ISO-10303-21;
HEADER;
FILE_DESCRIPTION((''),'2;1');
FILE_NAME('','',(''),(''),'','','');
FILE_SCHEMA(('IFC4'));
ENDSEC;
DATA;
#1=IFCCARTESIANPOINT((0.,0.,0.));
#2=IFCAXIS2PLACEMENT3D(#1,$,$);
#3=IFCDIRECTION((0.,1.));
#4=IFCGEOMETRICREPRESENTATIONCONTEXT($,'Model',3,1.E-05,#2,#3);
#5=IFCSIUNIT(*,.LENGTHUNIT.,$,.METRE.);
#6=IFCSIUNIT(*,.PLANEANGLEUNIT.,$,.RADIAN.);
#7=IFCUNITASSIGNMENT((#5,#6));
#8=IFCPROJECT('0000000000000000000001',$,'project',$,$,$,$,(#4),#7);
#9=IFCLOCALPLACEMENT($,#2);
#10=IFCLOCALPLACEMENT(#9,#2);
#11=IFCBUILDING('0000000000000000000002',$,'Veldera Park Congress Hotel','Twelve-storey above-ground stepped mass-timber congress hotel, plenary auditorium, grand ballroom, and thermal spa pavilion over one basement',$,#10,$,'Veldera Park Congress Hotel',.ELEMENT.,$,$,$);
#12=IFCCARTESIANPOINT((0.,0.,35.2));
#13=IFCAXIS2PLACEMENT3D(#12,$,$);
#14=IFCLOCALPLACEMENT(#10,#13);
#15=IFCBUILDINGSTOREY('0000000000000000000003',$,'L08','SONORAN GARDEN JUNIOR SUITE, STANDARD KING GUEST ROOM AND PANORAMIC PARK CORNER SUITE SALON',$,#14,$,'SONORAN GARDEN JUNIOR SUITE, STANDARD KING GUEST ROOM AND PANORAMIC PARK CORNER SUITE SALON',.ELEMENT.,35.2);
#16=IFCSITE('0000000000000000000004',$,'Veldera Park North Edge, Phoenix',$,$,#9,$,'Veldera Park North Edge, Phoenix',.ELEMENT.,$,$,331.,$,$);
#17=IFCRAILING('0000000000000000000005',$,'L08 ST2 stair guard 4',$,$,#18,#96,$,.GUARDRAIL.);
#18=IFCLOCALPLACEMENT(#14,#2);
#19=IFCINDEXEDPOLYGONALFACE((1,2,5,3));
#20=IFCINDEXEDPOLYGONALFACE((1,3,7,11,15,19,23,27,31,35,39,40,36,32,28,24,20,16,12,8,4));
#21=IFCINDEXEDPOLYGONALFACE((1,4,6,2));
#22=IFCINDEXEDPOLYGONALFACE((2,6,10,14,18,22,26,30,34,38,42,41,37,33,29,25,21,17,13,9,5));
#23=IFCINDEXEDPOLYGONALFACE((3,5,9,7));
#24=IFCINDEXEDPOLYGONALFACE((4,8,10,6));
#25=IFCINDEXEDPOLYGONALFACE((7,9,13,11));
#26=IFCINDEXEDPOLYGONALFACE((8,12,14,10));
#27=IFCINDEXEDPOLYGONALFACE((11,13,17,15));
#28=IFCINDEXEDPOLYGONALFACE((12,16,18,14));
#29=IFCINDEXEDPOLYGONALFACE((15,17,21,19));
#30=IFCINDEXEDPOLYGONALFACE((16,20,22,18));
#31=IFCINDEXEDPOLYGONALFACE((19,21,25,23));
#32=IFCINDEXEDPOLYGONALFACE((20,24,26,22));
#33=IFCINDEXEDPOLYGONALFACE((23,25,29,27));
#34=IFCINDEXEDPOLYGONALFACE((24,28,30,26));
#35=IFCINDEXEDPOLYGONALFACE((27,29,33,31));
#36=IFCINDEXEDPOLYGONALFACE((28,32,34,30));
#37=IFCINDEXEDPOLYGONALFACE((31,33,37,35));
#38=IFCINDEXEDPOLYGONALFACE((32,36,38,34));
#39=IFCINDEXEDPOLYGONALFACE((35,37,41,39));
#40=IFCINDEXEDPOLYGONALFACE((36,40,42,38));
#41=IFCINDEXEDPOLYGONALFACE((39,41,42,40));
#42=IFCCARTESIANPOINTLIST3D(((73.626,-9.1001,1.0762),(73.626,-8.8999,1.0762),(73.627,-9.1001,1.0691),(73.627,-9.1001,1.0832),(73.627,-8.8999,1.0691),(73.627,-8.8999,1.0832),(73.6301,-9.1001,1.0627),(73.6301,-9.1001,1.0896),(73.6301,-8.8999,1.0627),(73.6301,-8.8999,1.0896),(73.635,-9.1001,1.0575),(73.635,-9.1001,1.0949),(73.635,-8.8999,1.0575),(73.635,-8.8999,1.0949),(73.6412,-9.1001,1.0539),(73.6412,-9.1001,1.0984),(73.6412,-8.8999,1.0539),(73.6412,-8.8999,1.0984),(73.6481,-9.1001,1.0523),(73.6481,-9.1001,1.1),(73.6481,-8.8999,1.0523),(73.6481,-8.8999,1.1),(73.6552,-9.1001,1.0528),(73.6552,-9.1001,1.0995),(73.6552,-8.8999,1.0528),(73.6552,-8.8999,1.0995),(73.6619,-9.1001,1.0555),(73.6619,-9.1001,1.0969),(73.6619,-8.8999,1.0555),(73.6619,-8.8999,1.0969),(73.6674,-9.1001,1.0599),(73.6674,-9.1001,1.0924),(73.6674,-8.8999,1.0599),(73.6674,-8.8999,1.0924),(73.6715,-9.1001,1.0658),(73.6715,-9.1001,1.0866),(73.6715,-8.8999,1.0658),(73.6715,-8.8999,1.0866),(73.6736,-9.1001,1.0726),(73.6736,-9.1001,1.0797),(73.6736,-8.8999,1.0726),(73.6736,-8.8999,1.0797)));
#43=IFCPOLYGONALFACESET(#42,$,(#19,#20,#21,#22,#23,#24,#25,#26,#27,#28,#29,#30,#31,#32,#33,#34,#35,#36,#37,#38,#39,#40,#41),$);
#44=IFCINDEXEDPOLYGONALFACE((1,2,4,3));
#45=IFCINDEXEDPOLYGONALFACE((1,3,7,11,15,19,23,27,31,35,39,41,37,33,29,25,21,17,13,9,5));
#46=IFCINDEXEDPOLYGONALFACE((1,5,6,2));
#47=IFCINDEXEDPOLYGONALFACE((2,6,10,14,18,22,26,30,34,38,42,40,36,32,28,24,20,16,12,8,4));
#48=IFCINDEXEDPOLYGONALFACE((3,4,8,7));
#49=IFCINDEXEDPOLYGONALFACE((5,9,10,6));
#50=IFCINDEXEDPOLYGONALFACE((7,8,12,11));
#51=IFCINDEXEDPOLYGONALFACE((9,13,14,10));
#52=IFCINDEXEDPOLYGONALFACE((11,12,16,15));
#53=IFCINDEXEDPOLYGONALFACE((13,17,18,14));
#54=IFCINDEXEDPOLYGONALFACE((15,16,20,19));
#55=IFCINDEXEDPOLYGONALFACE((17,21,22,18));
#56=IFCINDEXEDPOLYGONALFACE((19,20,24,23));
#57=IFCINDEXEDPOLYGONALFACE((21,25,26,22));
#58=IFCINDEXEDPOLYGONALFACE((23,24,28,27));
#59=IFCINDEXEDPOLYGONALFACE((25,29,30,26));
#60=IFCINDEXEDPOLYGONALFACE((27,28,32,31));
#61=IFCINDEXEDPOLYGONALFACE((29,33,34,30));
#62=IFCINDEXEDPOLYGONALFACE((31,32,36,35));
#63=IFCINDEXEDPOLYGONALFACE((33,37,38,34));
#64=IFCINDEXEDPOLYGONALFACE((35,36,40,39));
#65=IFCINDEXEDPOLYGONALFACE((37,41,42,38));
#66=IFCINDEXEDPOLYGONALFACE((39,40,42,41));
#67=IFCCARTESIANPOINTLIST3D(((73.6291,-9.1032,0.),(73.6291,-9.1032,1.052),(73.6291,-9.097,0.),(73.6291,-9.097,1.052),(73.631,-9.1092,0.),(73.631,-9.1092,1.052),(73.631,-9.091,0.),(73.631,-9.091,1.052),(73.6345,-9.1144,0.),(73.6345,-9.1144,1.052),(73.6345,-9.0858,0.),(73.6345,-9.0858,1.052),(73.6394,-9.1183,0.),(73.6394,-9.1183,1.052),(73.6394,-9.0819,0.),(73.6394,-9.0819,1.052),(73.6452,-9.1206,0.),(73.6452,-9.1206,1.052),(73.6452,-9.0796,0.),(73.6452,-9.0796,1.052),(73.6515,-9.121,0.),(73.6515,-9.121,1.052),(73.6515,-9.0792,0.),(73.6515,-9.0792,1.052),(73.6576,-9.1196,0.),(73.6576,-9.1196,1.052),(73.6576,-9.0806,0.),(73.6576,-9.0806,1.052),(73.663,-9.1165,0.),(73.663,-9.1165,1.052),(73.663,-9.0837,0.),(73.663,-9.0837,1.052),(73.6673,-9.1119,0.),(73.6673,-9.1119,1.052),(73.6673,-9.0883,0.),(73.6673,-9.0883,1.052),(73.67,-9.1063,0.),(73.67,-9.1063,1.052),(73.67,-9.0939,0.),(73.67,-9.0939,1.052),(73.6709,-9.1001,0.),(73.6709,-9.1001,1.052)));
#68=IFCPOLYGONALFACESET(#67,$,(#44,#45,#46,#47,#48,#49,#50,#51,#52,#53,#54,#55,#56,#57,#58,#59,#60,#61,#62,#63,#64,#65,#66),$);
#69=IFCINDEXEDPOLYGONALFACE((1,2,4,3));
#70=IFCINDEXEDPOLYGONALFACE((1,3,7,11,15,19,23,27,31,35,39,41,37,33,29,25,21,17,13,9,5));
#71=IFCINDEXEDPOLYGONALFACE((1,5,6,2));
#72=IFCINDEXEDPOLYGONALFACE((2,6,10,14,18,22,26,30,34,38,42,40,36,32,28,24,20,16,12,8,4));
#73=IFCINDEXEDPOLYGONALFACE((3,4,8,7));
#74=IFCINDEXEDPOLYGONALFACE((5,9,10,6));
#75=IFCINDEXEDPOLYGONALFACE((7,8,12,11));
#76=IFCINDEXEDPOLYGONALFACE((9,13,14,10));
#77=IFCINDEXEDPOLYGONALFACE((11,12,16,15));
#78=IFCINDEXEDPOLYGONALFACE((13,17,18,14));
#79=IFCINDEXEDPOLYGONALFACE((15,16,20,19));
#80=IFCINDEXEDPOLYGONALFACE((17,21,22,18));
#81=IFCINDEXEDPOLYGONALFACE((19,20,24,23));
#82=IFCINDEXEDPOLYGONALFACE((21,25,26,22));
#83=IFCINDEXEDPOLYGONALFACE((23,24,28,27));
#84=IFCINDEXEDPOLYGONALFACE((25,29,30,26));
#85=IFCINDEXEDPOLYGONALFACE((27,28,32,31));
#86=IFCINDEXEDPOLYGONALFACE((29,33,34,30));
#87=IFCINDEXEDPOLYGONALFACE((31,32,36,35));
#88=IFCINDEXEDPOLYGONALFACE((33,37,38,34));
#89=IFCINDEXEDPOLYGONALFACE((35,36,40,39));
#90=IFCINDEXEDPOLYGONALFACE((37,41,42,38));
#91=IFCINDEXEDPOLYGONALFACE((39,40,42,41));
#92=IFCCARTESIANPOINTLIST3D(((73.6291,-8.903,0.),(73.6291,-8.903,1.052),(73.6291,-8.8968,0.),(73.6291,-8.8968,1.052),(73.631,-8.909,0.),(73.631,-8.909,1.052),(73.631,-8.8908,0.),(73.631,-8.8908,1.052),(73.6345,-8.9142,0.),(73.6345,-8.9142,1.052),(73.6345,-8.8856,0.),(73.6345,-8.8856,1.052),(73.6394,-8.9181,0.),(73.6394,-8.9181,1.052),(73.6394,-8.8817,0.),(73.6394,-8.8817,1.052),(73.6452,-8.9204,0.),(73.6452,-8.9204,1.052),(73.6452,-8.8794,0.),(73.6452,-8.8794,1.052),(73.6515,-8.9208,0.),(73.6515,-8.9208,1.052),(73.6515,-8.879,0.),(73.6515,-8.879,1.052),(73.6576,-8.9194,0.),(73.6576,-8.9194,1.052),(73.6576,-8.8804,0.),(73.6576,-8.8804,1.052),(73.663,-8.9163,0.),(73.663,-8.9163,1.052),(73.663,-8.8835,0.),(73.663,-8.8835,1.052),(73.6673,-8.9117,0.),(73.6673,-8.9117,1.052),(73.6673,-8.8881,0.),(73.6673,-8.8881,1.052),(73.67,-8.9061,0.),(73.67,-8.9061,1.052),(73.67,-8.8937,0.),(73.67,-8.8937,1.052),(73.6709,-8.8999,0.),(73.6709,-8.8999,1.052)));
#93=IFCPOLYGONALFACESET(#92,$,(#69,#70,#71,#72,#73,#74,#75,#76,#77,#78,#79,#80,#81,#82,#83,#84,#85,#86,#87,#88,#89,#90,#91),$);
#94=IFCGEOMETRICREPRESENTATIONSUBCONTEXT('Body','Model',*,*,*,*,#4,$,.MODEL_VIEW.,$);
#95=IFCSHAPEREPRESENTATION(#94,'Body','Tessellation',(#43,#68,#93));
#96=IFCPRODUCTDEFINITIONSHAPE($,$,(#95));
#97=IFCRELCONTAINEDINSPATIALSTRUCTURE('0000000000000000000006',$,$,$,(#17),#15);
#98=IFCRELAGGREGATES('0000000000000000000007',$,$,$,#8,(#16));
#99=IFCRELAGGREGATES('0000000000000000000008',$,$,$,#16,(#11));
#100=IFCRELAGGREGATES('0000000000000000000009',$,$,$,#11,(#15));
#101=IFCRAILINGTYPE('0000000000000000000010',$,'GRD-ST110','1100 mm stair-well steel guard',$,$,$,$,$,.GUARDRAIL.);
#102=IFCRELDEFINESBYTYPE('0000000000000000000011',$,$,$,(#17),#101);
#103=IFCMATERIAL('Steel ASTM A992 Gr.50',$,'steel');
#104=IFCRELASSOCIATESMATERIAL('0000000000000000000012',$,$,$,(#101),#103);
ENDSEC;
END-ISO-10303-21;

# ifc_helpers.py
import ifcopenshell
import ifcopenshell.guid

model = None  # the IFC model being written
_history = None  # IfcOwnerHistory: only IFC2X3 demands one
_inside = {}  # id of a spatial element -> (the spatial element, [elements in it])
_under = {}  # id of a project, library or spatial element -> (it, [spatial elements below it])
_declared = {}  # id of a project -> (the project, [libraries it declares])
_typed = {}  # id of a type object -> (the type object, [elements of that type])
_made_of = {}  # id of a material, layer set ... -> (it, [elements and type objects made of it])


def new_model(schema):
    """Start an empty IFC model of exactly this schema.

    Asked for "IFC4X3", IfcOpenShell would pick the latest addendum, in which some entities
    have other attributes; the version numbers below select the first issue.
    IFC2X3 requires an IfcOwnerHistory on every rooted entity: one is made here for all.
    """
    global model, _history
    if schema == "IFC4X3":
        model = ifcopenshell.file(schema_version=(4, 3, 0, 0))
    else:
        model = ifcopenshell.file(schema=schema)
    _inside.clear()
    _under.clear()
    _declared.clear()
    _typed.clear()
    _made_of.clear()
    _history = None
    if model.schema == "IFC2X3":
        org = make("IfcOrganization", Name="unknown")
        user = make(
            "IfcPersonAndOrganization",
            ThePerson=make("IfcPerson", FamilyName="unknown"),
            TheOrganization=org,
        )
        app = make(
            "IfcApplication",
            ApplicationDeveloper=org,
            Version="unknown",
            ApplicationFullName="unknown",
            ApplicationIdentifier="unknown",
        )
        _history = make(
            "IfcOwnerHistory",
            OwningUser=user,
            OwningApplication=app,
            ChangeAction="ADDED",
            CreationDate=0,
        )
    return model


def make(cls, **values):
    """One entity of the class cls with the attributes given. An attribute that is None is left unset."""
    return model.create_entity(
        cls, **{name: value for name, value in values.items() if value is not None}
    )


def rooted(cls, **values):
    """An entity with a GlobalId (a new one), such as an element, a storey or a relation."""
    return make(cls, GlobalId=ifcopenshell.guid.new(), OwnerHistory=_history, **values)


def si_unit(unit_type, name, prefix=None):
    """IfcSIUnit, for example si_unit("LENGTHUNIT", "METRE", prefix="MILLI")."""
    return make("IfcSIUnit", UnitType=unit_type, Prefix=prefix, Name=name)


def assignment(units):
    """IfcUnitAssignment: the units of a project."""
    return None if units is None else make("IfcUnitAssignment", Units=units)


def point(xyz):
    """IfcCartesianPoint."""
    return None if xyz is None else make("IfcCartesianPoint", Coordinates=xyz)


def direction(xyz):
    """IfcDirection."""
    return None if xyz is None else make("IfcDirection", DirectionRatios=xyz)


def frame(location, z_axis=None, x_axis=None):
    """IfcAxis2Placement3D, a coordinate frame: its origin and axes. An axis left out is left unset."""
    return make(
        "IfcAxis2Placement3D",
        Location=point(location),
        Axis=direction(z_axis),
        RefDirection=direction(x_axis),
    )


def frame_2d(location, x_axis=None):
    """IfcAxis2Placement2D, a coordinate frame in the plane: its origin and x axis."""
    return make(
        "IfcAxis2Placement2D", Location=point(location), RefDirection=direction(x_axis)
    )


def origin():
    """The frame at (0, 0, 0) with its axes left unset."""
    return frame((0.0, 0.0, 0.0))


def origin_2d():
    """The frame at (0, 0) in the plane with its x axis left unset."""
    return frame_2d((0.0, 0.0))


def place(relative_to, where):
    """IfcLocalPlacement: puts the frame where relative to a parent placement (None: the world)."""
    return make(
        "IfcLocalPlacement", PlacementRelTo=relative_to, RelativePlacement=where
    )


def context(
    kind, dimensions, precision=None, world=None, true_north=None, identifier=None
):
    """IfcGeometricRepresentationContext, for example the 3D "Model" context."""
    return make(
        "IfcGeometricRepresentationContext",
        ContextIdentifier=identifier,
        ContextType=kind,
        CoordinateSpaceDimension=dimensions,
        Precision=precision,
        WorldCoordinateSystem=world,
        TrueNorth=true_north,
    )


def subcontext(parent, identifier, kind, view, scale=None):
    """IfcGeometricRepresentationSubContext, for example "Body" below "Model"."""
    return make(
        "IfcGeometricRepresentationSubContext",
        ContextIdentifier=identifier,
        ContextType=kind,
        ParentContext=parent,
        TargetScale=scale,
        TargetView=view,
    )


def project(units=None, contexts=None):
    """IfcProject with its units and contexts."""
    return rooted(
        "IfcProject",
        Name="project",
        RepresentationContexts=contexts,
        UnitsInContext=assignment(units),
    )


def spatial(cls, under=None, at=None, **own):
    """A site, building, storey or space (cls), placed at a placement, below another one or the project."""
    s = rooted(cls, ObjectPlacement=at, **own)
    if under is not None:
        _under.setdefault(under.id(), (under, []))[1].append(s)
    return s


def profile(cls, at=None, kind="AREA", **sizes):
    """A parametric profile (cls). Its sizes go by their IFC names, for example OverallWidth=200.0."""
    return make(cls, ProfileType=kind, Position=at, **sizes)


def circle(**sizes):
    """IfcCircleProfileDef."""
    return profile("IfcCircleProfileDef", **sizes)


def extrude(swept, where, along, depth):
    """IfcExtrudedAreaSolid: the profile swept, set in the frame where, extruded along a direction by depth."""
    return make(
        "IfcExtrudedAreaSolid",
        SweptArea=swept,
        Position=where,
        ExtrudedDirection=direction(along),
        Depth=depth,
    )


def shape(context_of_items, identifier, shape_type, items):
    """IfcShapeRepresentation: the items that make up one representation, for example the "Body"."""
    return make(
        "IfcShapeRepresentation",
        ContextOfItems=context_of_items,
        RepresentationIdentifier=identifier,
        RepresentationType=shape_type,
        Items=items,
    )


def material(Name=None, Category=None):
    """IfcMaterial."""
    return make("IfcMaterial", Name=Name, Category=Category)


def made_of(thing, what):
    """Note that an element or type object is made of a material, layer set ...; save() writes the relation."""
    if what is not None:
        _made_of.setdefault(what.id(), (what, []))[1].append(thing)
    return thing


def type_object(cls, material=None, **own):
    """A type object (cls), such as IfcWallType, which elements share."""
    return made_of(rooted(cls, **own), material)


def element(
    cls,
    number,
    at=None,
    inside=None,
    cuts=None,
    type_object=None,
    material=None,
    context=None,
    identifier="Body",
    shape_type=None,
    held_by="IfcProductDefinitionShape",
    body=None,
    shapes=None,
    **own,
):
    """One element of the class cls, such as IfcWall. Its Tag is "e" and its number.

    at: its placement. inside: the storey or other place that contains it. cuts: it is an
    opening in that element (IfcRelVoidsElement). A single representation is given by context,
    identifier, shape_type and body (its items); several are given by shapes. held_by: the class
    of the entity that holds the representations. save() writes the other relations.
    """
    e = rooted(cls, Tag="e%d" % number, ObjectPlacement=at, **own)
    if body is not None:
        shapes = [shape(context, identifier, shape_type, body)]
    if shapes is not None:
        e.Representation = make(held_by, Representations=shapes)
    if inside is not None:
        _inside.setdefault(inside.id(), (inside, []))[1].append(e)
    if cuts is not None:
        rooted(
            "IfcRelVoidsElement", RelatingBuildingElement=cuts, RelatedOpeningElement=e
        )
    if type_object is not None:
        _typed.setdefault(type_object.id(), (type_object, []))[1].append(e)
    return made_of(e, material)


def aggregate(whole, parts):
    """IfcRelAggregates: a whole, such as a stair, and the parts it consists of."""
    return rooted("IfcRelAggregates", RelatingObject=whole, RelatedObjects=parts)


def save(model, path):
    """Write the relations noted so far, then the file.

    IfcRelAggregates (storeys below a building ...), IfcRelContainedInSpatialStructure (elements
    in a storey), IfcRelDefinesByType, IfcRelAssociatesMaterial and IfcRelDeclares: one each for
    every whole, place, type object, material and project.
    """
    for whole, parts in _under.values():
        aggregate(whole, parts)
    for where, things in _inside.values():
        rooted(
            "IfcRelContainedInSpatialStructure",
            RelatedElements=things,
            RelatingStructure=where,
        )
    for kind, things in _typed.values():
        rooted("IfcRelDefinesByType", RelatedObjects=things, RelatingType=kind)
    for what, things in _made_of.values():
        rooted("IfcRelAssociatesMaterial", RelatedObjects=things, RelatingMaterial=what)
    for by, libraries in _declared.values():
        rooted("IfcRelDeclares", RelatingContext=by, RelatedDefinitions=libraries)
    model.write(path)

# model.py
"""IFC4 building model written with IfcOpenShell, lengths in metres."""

from ifc_helpers import new_model, si_unit, direction, frame, origin, origin_2d, place, context, subcontext, project, spatial, circle, extrude, material, type_object, element, save


model = new_model("IFC4")

# Units and contexts
model_context = context("Model", 3, precision=1e-05, world=origin(), true_north=direction((0.0, 1.0)))
body_context = subcontext(model_context, "Body", "Model", "MODEL_VIEW")
ifc_project = project(units=[si_unit("LENGTHUNIT", "METRE"), si_unit("PLANEANGLEUNIT", "RADIAN")], contexts=[model_context])

# Site, building, storey
site_placement = place(None, origin())
site = spatial("IfcSite", under=ifc_project, at=site_placement, Name="Veldera Park North Edge, Phoenix", LongName="Veldera Park North Edge, Phoenix", CompositionType="ELEMENT", RefElevation=331.0)
building_placement = place(site_placement, origin())
building = spatial("IfcBuilding", under=site, at=building_placement, Name="Veldera Park Congress Hotel", Description="Twelve-storey above-ground stepped mass-timber congress hotel, plenary auditorium, grand ballroom, and thermal spa pavilion over one basement", LongName="Veldera Park Congress Hotel", CompositionType="ELEMENT")
storey_placement = place(building_placement, frame((0.0, 0.0, 35.2)))
storey = spatial("IfcBuildingStorey", under=building, at=storey_placement, Name="L08", Description="SONORAN GARDEN JUNIOR SUITE, STANDARD KING GUEST ROOM AND PANORAMIC PARK CORNER SUITE SALON", LongName="SONORAN GARDEN JUNIOR SUITE, STANDARD KING GUEST ROOM AND PANORAMIC PARK CORNER SUITE SALON", CompositionType="ELEMENT", Elevation=35.2)

# Railing
ifc_material_1 = material(Name="Steel ASTM A992 Gr.50", Category="steel")
railing_type_1 = type_object("IfcRailingType", Name="GRD-ST110", Description="1100 mm stair-well steel guard", PredefinedType="GUARDRAIL", material=ifc_material_1)
railing_1_placement = place(storey_placement, frame((73.6499, -9.1001, 0.0)))
element("IfcRailing", 1, at=railing_1_placement, inside=storey, type_object=railing_type_1, Name="L08 ST2 stair guard 4", PredefinedType="GUARDRAIL", context=body_context, shape_type="SweptSolid", body=[
    extrude(circle(Radius=0.0239, at=origin_2d()), frame((0.0, 0.0, 1.0762), z_axis=(0.0, 1.0, 0.0), x_axis=(-1.0, 0.0, 0.0)), (0.0, 0.0, 1.0), 0.2002),
    extrude(circle(Radius=0.021, at=origin_2d()), origin(), (0.0, 0.0, 1.0), 1.052),
    extrude(circle(Radius=0.021, at=origin_2d()), frame((0.0, 0.2002, 0.0)), (0.0, 0.0, 1.0), 1.052),
])

save(model, "model.ifc")
